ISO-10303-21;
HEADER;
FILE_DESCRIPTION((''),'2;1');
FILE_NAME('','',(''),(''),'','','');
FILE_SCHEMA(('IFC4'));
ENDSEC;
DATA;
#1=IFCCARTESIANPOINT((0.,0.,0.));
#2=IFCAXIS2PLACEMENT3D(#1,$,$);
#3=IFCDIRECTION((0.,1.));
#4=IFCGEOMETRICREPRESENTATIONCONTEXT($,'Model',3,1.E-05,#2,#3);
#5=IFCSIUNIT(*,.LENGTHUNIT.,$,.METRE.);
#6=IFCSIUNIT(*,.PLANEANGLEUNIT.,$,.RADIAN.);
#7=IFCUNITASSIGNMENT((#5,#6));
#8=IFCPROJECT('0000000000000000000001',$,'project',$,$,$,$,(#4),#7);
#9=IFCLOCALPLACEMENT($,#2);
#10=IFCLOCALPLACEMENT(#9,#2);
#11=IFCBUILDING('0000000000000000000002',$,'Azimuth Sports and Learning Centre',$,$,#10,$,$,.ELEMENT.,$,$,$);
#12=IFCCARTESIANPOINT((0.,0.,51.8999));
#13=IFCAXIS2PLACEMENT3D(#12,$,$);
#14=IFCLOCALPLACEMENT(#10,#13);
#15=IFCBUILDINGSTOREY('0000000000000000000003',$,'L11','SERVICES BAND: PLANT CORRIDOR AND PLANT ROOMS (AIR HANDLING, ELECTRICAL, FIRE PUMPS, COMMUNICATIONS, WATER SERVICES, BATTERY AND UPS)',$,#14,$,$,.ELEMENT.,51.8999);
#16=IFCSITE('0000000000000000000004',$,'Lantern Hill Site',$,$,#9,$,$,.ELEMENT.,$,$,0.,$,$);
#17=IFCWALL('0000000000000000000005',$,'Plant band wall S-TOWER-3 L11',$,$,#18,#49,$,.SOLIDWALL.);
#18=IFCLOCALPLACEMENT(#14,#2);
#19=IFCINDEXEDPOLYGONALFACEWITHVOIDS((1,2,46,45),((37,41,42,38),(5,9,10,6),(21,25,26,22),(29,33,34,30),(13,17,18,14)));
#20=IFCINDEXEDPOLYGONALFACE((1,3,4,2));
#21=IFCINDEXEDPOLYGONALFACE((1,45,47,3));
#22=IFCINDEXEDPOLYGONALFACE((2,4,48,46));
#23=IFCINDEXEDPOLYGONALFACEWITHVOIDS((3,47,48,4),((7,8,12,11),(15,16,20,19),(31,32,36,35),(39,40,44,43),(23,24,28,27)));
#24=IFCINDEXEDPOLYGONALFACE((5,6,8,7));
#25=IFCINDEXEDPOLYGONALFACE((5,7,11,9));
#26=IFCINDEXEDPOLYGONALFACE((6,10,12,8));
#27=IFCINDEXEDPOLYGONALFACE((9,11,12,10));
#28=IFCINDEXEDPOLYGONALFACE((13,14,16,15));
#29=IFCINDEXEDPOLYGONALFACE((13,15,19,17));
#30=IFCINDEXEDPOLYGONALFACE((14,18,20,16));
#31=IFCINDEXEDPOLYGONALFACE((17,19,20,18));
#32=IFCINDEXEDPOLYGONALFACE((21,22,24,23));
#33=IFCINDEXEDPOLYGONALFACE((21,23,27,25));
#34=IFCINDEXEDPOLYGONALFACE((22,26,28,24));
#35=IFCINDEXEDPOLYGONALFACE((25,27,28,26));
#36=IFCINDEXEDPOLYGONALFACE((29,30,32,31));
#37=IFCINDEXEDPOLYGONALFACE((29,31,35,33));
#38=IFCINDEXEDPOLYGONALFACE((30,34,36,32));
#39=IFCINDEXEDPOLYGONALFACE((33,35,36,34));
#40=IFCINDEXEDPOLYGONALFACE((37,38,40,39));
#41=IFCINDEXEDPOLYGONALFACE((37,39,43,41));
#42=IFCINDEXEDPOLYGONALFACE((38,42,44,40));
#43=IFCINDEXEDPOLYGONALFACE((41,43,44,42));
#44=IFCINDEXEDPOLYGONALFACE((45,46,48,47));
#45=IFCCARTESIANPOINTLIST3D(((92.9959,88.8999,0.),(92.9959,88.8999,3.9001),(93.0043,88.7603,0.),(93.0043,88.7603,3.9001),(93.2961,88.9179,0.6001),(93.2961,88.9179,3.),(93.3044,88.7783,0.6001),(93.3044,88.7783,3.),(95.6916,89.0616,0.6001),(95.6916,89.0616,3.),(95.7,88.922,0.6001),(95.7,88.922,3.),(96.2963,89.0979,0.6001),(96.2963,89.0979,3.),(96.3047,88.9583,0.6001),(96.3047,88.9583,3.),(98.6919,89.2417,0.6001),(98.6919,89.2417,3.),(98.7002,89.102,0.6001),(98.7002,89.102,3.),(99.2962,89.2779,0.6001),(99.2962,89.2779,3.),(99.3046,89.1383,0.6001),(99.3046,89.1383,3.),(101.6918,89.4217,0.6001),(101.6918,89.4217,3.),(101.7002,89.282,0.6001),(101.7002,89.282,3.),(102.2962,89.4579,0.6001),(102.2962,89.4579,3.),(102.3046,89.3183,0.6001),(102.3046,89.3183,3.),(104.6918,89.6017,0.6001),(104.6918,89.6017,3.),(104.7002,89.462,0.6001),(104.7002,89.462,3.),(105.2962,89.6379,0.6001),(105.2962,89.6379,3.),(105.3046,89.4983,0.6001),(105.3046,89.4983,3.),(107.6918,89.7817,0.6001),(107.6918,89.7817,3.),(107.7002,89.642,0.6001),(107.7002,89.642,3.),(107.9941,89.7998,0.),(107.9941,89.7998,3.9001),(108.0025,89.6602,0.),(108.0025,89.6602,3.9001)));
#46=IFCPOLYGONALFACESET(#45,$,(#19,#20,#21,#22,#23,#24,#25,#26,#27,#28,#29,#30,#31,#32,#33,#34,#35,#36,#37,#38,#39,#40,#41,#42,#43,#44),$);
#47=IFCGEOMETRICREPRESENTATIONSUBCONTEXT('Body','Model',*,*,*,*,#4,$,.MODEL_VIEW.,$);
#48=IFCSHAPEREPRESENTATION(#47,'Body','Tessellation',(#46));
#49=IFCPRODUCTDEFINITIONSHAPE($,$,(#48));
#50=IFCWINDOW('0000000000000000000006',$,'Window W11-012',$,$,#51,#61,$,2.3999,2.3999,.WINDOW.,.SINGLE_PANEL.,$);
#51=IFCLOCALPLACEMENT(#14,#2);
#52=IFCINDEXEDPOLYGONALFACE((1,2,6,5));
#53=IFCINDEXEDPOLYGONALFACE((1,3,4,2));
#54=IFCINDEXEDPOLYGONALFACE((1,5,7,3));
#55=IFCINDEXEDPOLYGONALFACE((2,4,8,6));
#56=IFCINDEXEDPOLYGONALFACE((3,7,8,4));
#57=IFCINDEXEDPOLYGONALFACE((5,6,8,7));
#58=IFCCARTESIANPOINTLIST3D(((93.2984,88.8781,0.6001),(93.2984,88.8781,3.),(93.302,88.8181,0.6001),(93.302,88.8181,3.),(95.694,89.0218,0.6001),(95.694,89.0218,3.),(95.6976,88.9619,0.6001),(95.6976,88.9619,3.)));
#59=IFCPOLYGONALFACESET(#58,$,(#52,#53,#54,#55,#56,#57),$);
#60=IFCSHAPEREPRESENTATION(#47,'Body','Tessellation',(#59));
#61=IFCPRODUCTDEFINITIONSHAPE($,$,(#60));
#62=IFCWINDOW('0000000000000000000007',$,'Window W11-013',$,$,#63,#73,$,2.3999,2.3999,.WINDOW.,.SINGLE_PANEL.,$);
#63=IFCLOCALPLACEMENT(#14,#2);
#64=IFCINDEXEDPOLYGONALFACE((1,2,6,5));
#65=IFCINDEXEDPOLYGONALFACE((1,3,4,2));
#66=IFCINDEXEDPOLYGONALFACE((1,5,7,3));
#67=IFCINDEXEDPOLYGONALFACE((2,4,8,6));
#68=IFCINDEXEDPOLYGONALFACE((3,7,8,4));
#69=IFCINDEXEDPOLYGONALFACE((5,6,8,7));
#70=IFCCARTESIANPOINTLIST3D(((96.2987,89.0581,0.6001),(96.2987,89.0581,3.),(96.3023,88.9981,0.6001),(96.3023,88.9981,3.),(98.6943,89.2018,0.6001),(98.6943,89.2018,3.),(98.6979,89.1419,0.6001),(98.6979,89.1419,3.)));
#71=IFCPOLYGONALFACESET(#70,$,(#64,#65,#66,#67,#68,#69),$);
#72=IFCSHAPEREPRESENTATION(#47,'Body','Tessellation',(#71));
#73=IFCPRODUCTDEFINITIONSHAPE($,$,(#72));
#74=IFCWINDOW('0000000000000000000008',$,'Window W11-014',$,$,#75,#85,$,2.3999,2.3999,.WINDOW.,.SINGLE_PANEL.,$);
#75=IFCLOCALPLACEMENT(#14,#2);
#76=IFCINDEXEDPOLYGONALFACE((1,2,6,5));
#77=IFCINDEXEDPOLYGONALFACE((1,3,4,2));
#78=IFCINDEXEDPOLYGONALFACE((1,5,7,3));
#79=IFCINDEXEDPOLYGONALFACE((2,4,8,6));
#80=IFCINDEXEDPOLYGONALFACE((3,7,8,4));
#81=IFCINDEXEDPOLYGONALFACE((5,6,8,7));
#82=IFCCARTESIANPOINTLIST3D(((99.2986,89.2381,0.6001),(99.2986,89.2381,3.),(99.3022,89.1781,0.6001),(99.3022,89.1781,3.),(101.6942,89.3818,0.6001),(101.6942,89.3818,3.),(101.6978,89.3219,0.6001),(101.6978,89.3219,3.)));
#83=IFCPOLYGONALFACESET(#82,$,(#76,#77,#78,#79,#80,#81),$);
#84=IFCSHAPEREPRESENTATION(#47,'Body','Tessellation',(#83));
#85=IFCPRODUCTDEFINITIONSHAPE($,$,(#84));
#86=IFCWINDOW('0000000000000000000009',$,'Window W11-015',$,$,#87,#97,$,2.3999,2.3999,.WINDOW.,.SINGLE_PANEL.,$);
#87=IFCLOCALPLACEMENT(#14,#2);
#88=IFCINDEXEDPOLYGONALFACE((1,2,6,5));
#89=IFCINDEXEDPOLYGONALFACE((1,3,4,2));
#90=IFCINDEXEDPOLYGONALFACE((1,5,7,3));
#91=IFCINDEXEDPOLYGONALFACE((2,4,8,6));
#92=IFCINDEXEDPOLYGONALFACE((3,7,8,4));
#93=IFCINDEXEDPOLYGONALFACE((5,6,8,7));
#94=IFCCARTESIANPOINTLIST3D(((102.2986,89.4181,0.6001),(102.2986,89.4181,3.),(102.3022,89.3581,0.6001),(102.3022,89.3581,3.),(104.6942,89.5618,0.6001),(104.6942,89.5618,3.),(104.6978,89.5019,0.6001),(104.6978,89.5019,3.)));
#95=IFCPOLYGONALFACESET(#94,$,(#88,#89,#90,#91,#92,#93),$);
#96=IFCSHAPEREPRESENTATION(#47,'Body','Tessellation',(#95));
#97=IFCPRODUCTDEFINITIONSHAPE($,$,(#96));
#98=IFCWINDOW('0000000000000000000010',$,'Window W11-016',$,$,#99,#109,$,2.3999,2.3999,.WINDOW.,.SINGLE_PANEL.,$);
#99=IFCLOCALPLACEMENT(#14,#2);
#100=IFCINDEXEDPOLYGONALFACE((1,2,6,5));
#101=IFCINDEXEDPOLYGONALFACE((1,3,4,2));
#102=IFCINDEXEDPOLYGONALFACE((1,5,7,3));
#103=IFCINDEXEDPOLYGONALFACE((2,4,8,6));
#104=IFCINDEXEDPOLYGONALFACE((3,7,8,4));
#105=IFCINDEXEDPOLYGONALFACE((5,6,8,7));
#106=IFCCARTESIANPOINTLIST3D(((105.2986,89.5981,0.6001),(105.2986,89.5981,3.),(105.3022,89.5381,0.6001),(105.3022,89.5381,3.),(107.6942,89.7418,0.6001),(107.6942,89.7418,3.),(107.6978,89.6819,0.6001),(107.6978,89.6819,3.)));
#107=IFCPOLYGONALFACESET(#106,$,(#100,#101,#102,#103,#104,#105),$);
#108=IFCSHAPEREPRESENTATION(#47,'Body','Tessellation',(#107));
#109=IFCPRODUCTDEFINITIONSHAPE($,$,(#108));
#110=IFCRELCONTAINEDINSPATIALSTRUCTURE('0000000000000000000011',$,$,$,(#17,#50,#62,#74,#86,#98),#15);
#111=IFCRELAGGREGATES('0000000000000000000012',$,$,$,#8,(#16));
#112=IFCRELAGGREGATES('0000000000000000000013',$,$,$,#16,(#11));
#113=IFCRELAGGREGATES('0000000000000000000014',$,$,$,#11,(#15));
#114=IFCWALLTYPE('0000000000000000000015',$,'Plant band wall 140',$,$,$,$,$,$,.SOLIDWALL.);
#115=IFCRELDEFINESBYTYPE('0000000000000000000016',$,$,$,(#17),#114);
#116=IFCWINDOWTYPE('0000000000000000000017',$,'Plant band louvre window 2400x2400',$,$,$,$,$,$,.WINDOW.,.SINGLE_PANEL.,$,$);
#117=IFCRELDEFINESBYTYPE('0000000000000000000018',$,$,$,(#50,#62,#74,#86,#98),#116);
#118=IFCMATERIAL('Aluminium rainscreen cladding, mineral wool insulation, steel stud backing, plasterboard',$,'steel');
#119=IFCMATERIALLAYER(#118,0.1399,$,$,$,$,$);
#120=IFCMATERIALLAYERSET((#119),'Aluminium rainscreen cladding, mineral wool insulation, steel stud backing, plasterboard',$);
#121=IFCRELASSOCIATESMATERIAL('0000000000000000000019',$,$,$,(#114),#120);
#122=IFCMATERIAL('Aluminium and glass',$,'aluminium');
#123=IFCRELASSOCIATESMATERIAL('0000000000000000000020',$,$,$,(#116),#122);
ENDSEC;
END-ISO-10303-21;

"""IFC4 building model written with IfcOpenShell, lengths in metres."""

from ifc_helpers import new_model, si_unit, direction, frame, frame_2d, origin, place, context, subcontext, project, spatial, rectangle, extrude, material, layer, layer_set, type_object, element, fill, save


model = new_model("IFC4")

# Units and contexts
model_context = context("Model", 3, precision=1e-05, world=origin(), true_north=direction((0.0, 1.0)))
body_context = subcontext(model_context, "Body", "Model", "MODEL_VIEW")
ifc_project = project(units=[si_unit("LENGTHUNIT", "METRE"), si_unit("PLANEANGLEUNIT", "RADIAN")], contexts=[model_context])

# Site, building, storey
site_placement = place(None, origin())
site = spatial("IfcSite", under=ifc_project, at=site_placement, Name="Lantern Hill Site", CompositionType="ELEMENT", RefElevation=0.0)
building_placement = place(site_placement, origin())
building = spatial("IfcBuilding", under=site, at=building_placement, Name="Azimuth Sports and Learning Centre", CompositionType="ELEMENT")
storey_placement = place(building_placement, frame((0.0, 0.0, 51.8999)))
storey = spatial("IfcBuildingStorey", under=building, at=storey_placement, Name="L11", Description="SERVICES BAND: PLANT CORRIDOR AND PLANT ROOMS (AIR HANDLING, ELECTRICAL, FIRE PUMPS, COMMUNICATIONS, WATER SERVICES, BATTERY AND UPS)", CompositionType="ELEMENT", Elevation=51.8999)

# Wall, openings, windows
ifc_material_1 = material(Name="Aluminium rainscreen cladding, mineral wool insulation, steel stud backing, plasterboard", Category="steel")
ifc_layer_1 = layer(ifc_material_1, 0.1399)
ifc_layer_set_1 = layer_set([ifc_layer_1], Name="Aluminium rainscreen cladding, mineral wool insulation, steel stud backing, plasterboard")
wall_type_1 = type_object("IfcWallType", Name="Plant band wall 140", PredefinedType="SOLIDWALL", material=ifc_layer_set_1)
wall_1_placement = place(storey_placement, frame((93.0, 88.8301, 0.0), z_axis=(0.0, 0.0, 1.0), x_axis=(0.998205, 0.059893, 0.0)))
wall_1 = element("IfcWall", 1, at=wall_1_placement, inside=storey, type_object=wall_type_1, Name="Plant band wall S-TOWER-3 L11", PredefinedType="SOLIDWALL", context=body_context, shape_type="SweptSolid", body=[
    extrude(rectangle(XDim=15.0251, YDim=0.1399, at=frame_2d((7.5127, 0.0))), origin(), (0.0, 0.0, 1.0), 3.9001),
])
opening_1_placement = place(wall_1_placement, frame((0.3008, 0.0, 0.6001)))
opening_1 = element("IfcOpeningElement", 2, at=opening_1_placement, cuts=wall_1, PredefinedType="OPENING", context=body_context, shape_type="SweptSolid", body=[
    extrude(rectangle(XDim=2.3999, YDim=2.3999, at=frame_2d((1.2, 1.2))), frame((0.0, 0.0811, 0.0), z_axis=(0.0, -1.0, 0.0), x_axis=(1.0, 0.0, 0.0)), (0.0, 0.0, 1.0), 0.1619),
])
opening_2_placement = place(wall_1_placement, frame((3.3064, 0.0, 0.6001)))
opening_2 = element("IfcOpeningElement", 3, at=opening_2_placement, cuts=wall_1, PredefinedType="OPENING", context=body_context, shape_type="SweptSolid", body=[
    extrude(rectangle(XDim=2.3999, YDim=2.3999, at=frame_2d((1.2, 1.2))), frame((0.0, 0.0811, 0.0), z_axis=(0.0, -1.0, 0.0), x_axis=(1.0, 0.0, 0.0)), (0.0, 0.0, 1.0), 0.1619),
])
opening_3_placement = place(wall_1_placement, frame((6.3118, 0.0, 0.6001)))
opening_3 = element("IfcOpeningElement", 4, at=opening_3_placement, cuts=wall_1, PredefinedType="OPENING", context=body_context, shape_type="SweptSolid", body=[
    extrude(rectangle(XDim=2.3999, YDim=2.3999, at=frame_2d((1.2, 1.2))), frame((0.0, 0.0811, 0.0), z_axis=(0.0, -1.0, 0.0), x_axis=(1.0, 0.0, 0.0)), (0.0, 0.0, 1.0), 0.1619),
])
opening_4_placement = place(wall_1_placement, frame((9.3171, 0.0, 0.6001)))
opening_4 = element("IfcOpeningElement", 5, at=opening_4_placement, cuts=wall_1, PredefinedType="OPENING", context=body_context, shape_type="SweptSolid", body=[
    extrude(rectangle(XDim=2.3999, YDim=2.3999, at=frame_2d((1.2, 1.2))), frame((0.0, 0.0811, 0.0), z_axis=(0.0, -1.0, 0.0), x_axis=(1.0, 0.0, 0.0)), (0.0, 0.0, 1.0), 0.1619),
])
opening_5_placement = place(wall_1_placement, frame((12.3225, 0.0, 0.6001)))
opening_5 = element("IfcOpeningElement", 6, at=opening_5_placement, cuts=wall_1, PredefinedType="OPENING", context=body_context, shape_type="SweptSolid", body=[
    extrude(rectangle(XDim=2.3999, YDim=2.3999, at=frame_2d((1.2, 1.2))), frame((0.0, 0.0811, 0.0), z_axis=(0.0, -1.0, 0.0), x_axis=(1.0, 0.0, 0.0)), (0.0, 0.0, 1.0), 0.1619),
])
ifc_material_2 = material(Name="Aluminium and glass", Category="aluminium")
window_type = type_object("IfcWindowType", Name="Plant band louvre window 2400x2400", PartitioningType="SINGLE_PANEL", PredefinedType="WINDOW", material=ifc_material_2)
window_1_placement = place(opening_1_placement, origin())
window_1 = element("IfcWindow", 7, at=window_1_placement, inside=storey, type_object=window_type, Name="Window W11-012", OverallHeight=2.3999, OverallWidth=2.3999, PartitioningType="SINGLE_PANEL", PredefinedType="WINDOW", context=body_context, shape_type="SweptSolid", body=[
    extrude(rectangle(XDim=2.3999, YDim=2.3999, at=frame_2d((1.2, 1.2))), frame((0.0, 0.03, 0.0), z_axis=(0.0, -1.0, 0.0), x_axis=(1.0, 0.0, 0.0)), (0.0, 0.0, 1.0), 0.0601),
])
fill(opening_1, window_1)
window_2_placement = place(opening_2_placement, origin())
window_2 = element("IfcWindow", 8, at=window_2_placement, inside=storey, type_object=window_type, Name="Window W11-013", OverallHeight=2.3999, OverallWidth=2.3999, PartitioningType="SINGLE_PANEL", PredefinedType="WINDOW", context=body_context, shape_type="SweptSolid", body=[
    extrude(rectangle(XDim=2.3999, YDim=2.3999, at=frame_2d((1.2, 1.2))), frame((0.0, 0.03, 0.0), z_axis=(0.0, -1.0, 0.0), x_axis=(1.0, 0.0, 0.0)), (0.0, 0.0, 1.0), 0.0601),
])
fill(opening_2, window_2)
window_3_placement = place(opening_3_placement, origin())
window_3 = element("IfcWindow", 9, at=window_3_placement, inside=storey, type_object=window_type, Name="Window W11-014", OverallHeight=2.3999, OverallWidth=2.3999, PartitioningType="SINGLE_PANEL", PredefinedType="WINDOW", context=body_context, shape_type="SweptSolid", body=[
    extrude(rectangle(XDim=2.3999, YDim=2.3999, at=frame_2d((1.2, 1.2))), frame((0.0, 0.03, 0.0), z_axis=(0.0, -1.0, 0.0), x_axis=(1.0, 0.0, 0.0)), (0.0, 0.0, 1.0), 0.0601),
])
fill(opening_3, window_3)
window_4_placement = place(opening_4_placement, origin())
window_4 = element("IfcWindow", 10, at=window_4_placement, inside=storey, type_object=window_type, Name="Window W11-015", OverallHeight=2.3999, OverallWidth=2.3999, PartitioningType="SINGLE_PANEL", PredefinedType="WINDOW", context=body_context, shape_type="SweptSolid", body=[
    extrude(rectangle(XDim=2.3999, YDim=2.3999, at=frame_2d((1.2, 1.2))), frame((0.0, 0.03, 0.0), z_axis=(0.0, -1.0, 0.0), x_axis=(1.0, 0.0, 0.0)), (0.0, 0.0, 1.0), 0.0601),
])
fill(opening_4, window_4)
window_5_placement = place(opening_5_placement, origin())
window_5 = element("IfcWindow", 11, at=window_5_placement, inside=storey, type_object=window_type, Name="Window W11-016", OverallHeight=2.3999, OverallWidth=2.3999, PartitioningType="SINGLE_PANEL", PredefinedType="WINDOW", context=body_context, shape_type="SweptSolid", body=[
    extrude(rectangle(XDim=2.3999, YDim=2.3999, at=frame_2d((1.2, 1.2))), frame((0.0, 0.03, 0.0), z_axis=(0.0, -1.0, 0.0), x_axis=(1.0, 0.0, 0.0)), (0.0, 0.0, 1.0), 0.0601),
])
fill(opening_5, window_5)

save(model, "model.ifc")
